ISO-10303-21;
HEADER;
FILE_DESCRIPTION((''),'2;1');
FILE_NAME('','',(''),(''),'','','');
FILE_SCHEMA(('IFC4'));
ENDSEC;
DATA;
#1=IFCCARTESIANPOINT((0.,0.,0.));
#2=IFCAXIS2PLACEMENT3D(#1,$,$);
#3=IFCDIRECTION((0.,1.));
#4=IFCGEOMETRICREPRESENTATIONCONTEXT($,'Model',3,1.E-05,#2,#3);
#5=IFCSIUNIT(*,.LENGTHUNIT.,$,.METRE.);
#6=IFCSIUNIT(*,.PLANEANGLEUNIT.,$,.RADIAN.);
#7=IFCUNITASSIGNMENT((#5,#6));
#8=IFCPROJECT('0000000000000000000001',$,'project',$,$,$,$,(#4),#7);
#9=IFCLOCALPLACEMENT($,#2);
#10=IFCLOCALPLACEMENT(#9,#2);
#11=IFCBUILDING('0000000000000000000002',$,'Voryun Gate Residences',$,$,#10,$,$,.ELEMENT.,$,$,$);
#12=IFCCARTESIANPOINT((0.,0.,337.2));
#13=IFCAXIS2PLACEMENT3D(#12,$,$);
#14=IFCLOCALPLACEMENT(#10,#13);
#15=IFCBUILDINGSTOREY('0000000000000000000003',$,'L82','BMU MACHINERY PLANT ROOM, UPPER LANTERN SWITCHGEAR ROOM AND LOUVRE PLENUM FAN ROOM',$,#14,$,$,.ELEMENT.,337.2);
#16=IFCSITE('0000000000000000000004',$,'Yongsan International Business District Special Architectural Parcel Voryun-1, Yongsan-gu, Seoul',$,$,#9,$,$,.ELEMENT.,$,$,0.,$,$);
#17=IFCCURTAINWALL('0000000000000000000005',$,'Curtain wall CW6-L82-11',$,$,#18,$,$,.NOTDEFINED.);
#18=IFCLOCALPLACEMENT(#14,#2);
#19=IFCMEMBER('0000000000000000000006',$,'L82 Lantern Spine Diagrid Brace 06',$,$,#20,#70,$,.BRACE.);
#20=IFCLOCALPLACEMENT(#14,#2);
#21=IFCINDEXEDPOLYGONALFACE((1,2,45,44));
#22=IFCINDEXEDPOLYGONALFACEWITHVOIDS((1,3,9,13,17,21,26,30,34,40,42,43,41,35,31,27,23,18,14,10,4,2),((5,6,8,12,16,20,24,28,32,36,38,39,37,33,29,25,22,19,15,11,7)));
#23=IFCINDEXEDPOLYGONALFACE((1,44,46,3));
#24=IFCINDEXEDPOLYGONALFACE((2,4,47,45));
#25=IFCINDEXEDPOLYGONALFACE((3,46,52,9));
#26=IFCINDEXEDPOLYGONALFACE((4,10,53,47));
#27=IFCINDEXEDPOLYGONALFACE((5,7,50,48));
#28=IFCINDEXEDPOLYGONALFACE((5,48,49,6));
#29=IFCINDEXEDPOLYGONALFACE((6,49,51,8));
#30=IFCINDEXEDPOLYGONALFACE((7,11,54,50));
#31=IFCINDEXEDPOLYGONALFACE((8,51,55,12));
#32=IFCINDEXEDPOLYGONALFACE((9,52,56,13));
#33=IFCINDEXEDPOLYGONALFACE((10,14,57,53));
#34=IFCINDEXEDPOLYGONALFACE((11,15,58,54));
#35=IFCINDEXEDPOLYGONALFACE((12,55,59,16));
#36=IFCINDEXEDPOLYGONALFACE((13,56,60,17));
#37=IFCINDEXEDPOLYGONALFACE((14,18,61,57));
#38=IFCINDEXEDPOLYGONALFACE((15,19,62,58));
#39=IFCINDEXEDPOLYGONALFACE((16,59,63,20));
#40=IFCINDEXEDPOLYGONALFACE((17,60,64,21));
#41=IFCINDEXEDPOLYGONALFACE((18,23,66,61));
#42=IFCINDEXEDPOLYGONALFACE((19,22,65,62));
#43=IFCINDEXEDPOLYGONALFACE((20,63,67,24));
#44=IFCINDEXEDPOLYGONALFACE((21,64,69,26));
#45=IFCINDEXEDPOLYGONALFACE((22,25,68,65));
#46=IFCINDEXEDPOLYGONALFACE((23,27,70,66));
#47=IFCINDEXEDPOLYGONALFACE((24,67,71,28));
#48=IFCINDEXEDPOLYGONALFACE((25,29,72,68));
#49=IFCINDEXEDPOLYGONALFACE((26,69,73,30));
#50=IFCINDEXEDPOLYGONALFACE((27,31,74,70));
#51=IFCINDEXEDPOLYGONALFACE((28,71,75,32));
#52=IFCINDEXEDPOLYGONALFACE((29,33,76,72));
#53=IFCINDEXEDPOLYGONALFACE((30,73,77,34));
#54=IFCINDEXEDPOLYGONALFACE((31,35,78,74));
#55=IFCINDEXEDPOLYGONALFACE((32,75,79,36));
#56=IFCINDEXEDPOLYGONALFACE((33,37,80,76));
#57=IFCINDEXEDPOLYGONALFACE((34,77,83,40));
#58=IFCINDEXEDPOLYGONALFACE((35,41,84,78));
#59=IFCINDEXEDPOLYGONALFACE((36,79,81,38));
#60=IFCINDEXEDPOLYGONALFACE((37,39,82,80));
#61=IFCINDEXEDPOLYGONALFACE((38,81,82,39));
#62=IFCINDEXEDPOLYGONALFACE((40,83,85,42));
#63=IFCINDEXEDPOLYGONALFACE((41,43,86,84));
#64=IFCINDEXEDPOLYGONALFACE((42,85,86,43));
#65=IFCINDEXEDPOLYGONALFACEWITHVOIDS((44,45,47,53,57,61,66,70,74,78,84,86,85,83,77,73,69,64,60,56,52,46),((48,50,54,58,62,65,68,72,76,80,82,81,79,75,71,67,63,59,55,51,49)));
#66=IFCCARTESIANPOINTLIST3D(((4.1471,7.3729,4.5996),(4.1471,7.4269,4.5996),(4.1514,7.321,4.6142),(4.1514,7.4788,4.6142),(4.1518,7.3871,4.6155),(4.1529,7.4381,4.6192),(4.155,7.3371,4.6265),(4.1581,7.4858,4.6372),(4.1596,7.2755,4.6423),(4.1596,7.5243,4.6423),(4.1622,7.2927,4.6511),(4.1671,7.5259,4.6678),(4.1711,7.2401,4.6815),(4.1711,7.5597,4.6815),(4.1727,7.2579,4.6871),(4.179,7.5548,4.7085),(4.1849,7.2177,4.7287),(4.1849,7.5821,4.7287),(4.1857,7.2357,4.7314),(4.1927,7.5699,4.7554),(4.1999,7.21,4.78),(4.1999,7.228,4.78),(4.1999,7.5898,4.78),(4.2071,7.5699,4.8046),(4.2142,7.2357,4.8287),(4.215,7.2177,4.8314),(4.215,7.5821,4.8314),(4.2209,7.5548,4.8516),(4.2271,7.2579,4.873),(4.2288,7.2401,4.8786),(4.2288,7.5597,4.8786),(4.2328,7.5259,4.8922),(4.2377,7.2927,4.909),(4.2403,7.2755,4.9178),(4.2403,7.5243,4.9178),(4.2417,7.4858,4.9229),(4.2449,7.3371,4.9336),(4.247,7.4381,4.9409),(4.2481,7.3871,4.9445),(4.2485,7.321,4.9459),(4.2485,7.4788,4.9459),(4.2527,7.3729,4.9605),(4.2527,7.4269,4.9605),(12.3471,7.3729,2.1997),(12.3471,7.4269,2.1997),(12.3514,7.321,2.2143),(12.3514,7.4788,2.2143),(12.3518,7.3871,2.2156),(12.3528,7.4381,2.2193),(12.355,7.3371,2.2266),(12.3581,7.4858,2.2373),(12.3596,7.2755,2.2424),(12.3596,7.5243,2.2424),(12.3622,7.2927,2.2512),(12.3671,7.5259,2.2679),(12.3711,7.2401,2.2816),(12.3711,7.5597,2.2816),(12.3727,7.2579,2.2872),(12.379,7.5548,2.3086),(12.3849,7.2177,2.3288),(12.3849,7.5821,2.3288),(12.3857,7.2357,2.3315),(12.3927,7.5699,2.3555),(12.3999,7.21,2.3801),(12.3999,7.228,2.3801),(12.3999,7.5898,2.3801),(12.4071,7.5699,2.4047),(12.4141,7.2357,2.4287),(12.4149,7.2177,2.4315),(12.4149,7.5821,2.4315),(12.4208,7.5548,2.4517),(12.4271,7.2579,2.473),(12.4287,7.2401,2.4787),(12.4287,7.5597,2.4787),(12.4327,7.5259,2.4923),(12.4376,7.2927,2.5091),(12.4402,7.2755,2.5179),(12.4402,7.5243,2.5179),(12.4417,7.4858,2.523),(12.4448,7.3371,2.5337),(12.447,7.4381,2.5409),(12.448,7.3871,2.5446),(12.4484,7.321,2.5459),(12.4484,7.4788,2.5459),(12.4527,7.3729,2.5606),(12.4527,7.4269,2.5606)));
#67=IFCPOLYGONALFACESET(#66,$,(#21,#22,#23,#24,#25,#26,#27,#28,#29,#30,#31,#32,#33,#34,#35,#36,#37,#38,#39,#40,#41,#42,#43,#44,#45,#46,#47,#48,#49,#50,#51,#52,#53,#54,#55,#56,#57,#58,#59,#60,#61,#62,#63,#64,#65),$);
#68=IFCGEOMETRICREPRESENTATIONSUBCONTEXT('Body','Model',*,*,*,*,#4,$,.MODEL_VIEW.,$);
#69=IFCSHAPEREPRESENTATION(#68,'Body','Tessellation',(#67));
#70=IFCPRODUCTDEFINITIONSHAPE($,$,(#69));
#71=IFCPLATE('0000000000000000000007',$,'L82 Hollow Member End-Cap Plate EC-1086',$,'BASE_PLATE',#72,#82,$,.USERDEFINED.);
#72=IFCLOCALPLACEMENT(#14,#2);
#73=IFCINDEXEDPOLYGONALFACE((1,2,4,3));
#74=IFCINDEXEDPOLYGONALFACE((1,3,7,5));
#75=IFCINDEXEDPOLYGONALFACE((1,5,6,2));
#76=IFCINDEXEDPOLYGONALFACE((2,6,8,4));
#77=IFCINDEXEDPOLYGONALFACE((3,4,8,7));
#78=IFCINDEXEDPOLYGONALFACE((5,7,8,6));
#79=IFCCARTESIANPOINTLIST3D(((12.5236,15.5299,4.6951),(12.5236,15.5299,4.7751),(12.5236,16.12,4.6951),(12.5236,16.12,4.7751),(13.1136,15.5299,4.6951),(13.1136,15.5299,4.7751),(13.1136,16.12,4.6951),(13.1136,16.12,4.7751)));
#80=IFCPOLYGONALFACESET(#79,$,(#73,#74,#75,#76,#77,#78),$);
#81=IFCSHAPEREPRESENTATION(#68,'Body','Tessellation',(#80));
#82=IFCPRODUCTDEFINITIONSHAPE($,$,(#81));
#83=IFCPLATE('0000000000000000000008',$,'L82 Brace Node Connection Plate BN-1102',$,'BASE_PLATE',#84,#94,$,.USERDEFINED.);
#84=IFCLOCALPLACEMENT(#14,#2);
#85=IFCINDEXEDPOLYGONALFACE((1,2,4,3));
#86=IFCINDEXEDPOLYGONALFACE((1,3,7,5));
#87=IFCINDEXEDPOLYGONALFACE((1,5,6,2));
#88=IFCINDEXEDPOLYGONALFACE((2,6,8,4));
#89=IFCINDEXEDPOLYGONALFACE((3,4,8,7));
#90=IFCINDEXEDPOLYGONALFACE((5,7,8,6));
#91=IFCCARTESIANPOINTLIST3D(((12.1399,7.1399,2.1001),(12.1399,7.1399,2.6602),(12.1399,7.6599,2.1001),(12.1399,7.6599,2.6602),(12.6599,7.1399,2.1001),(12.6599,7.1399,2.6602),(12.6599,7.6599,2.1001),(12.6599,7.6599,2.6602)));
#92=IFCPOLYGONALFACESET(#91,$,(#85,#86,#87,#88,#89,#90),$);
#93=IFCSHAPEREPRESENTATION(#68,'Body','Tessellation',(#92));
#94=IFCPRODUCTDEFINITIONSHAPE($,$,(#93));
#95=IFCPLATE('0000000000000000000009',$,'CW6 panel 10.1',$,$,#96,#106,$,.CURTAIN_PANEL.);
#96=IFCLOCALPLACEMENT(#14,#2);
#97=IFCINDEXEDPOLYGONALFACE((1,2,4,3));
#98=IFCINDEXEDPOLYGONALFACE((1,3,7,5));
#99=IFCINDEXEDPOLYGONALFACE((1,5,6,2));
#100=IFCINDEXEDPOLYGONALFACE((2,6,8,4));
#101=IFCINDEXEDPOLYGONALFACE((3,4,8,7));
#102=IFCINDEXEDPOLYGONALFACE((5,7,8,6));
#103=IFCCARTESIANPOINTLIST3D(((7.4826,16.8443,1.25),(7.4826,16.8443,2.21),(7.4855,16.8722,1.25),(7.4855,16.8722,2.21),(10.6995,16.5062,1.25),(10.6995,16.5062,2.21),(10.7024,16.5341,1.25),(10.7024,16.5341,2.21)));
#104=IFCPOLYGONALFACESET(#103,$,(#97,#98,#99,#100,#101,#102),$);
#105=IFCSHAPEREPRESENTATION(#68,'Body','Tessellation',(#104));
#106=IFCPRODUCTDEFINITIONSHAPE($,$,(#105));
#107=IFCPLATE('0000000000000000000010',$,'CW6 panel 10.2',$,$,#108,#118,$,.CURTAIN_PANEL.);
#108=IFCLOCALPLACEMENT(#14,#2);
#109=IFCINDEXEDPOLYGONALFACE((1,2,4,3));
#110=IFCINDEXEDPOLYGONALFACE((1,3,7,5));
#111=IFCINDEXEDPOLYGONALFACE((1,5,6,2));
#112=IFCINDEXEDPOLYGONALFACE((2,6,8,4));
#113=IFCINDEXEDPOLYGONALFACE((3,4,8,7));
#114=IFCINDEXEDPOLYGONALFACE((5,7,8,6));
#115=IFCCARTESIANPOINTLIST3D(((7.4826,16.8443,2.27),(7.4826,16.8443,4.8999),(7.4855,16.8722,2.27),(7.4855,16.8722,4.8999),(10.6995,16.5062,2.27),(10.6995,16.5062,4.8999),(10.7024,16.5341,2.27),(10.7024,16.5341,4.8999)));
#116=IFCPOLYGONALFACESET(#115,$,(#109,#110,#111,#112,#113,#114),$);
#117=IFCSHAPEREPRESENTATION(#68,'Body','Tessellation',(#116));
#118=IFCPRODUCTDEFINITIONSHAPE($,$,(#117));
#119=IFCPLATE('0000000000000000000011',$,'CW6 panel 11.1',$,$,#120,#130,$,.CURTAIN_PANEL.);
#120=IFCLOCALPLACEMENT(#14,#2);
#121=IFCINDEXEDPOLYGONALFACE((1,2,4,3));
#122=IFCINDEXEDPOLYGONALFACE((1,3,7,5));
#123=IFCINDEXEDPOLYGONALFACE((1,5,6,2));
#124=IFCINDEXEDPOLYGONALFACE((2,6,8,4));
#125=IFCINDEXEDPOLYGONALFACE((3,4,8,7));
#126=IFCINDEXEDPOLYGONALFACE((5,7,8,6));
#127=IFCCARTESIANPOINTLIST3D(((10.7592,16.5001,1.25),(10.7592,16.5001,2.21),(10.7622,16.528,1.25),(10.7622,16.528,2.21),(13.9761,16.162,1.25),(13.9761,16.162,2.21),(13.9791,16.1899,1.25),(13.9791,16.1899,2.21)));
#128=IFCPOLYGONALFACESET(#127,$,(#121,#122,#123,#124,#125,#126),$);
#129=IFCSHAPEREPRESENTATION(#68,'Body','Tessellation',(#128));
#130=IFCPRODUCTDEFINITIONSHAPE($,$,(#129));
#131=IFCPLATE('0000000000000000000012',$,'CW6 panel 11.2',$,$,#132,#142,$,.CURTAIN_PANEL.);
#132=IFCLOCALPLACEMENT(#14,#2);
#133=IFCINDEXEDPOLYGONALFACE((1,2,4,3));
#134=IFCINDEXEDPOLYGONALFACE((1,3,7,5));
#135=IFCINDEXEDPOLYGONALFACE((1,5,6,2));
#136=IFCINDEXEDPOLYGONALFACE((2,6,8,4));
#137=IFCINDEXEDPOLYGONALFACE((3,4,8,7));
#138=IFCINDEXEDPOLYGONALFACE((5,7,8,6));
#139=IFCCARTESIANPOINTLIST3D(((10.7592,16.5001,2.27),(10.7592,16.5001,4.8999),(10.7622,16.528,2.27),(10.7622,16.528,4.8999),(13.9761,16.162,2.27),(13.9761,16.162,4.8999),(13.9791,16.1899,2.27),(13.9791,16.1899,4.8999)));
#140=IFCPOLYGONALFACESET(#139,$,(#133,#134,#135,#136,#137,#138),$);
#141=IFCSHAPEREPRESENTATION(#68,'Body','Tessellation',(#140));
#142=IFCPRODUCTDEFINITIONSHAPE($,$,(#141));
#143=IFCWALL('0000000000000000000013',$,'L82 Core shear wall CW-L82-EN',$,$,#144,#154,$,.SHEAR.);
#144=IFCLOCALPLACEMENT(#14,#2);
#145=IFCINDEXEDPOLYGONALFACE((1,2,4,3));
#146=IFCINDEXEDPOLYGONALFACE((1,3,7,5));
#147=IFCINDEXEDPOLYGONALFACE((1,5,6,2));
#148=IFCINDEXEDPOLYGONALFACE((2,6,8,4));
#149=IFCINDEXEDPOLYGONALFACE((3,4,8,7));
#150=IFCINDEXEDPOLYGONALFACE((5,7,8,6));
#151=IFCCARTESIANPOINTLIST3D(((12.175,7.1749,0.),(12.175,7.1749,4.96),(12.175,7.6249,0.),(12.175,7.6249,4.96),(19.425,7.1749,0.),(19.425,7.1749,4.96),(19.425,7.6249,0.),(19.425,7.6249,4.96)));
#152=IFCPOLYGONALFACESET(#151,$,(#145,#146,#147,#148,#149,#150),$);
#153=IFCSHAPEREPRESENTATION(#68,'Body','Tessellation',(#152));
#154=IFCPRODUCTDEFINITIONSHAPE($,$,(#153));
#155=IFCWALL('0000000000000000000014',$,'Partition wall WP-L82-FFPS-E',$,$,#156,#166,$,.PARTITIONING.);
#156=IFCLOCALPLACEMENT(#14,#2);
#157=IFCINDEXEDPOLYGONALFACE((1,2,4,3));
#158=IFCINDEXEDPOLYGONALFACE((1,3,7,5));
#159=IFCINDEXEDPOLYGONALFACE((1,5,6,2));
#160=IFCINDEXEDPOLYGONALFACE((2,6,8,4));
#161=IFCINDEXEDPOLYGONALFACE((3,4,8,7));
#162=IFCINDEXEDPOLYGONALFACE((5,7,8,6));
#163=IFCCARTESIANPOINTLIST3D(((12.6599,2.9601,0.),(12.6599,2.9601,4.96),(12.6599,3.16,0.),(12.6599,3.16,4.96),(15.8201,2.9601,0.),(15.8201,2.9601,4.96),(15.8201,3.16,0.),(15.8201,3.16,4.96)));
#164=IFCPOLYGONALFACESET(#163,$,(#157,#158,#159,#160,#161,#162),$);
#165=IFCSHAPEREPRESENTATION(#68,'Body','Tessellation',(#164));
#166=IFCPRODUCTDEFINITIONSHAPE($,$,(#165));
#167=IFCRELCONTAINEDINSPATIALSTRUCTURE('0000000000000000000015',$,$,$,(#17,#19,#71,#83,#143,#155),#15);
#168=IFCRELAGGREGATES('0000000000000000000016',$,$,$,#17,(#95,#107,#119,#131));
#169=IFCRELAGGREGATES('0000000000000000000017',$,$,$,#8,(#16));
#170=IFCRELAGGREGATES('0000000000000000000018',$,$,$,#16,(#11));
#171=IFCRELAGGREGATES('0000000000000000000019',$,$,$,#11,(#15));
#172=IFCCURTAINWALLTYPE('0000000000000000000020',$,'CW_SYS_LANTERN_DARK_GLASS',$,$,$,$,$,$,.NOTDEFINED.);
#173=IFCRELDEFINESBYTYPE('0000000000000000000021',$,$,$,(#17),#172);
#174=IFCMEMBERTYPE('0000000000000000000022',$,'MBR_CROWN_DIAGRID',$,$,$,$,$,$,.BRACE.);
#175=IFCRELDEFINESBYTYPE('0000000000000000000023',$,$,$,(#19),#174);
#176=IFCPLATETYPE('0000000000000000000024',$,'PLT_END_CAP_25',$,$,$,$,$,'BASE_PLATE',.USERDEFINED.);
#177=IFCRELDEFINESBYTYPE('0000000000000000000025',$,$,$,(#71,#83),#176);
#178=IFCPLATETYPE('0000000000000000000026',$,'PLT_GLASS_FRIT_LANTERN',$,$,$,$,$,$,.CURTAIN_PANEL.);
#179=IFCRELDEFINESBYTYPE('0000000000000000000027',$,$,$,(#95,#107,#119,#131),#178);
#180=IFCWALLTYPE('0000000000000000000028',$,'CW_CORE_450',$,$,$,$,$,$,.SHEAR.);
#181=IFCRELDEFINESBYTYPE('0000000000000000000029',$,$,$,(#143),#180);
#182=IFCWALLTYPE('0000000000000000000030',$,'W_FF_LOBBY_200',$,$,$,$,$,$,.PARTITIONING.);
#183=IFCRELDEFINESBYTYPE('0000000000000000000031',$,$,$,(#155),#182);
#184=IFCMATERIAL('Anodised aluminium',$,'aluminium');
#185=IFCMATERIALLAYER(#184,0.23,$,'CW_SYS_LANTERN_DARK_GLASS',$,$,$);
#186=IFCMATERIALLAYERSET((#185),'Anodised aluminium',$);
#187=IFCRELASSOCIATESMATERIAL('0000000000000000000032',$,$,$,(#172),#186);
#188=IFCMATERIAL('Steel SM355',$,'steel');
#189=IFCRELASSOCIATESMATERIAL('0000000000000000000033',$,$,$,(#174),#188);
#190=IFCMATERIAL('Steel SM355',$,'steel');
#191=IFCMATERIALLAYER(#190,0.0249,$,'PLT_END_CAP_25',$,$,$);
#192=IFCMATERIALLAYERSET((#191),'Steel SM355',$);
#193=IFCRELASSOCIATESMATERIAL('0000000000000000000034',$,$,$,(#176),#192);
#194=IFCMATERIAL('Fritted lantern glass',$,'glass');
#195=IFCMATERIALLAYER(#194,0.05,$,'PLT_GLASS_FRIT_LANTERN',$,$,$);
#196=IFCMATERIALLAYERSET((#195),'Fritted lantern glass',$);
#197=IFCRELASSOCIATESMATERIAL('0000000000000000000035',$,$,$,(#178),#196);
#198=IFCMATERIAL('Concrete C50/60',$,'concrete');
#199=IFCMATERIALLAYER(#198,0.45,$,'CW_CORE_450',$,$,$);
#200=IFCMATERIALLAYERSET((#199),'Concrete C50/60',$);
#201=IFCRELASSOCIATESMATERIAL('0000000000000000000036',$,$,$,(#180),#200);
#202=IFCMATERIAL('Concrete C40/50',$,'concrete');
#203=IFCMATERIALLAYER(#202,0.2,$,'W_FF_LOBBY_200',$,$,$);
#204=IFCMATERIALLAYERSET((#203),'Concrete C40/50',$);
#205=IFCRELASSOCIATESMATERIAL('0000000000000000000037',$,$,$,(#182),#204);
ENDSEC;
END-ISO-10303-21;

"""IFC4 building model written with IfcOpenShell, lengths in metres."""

from ifc_helpers import new_model, si_unit, direction, frame, frame_2d, origin, origin_2d, place, context, subcontext, project, spatial, rectangle, hollow_circle, extrude, material, layer, layer_set, material_profile, profile_set, type_object, element, aggregate, save


model = new_model("IFC4")

# Units and contexts
model_context = context("Model", 3, precision=1e-05, world=origin(), true_north=direction((0.0, 1.0)))
body_context = subcontext(model_context, "Body", "Model", "MODEL_VIEW")
ifc_project = project(units=[si_unit("LENGTHUNIT", "METRE"), si_unit("PLANEANGLEUNIT", "RADIAN")], contexts=[model_context])

# Site, building, storey
site_placement = place(None, origin())
site = spatial("IfcSite", under=ifc_project, at=site_placement, Name="Yongsan International Business District Special Architectural Parcel Voryun-1, Yongsan-gu, Seoul", CompositionType="ELEMENT", RefElevation=0.0)
building_placement = place(site_placement, origin())
building = spatial("IfcBuilding", under=site, at=building_placement, Name="Voryun Gate Residences", CompositionType="ELEMENT")
storey_placement = place(building_placement, frame((0.0, 0.0, 337.2)))
storey = spatial("IfcBuildingStorey", under=building, at=storey_placement, Name="L82", Description="BMU MACHINERY PLANT ROOM, UPPER LANTERN SWITCHGEAR ROOM AND LOUVRE PLENUM FAN ROOM", CompositionType="ELEMENT", Elevation=337.2)

# Curtain wall
ifc_material_1 = material(Name="Anodised aluminium", Category="aluminium")
ifc_layer_1 = layer(ifc_material_1, 0.23, Name="CW_SYS_LANTERN_DARK_GLASS")
ifc_layer_set_1 = layer_set([ifc_layer_1], Name="Anodised aluminium")
curtain_wall_type = type_object("IfcCurtainWallType", Name="CW_SYS_LANTERN_DARK_GLASS", PredefinedType="NOTDEFINED", material=ifc_layer_set_1)
curtain_wall_placement = place(storey_placement, origin())
curtain_wall = element("IfcCurtainWall", 1, at=curtain_wall_placement, inside=storey, type_object=curtain_wall_type, Name="Curtain wall CW6-L82-11", PredefinedType="NOTDEFINED")

# Member
ifc_material_2 = material(Name="Steel SM355", Category="steel")
ifc_material_profile_1 = material_profile(ifc_material_2, hollow_circle(Radius=0.1899, WallThickness=0.0181, at=origin_2d()), Name="CHS-380x18")
ifc_profile_set_1 = profile_set([ifc_material_profile_1], Name="Steel SM355")
member_type_1 = type_object("IfcMemberType", Name="MBR_CROWN_DIAGRID", PredefinedType="BRACE", material=ifc_profile_set_1)
member_1_placement = place(storey_placement, frame((12.3999, 7.3999, 2.3801), z_axis=(-0.95974, 0.0, 0.28089), x_axis=(0.0, -1.0, 0.0)))
element("IfcMember", 2, at=member_1_placement, inside=storey, type_object=member_type_1, Name="L82 Lantern Spine Diagrid Brace 06", PredefinedType="BRACE", context=body_context, shape_type="SweptSolid", body=[
    extrude(hollow_circle(Radius=0.1899, WallThickness=0.0181, at=origin_2d()), origin(), (0.0, 0.0, 1.0), 8.5439),
])

# Plates
ifc_material_3 = material(Name="Steel SM355", Category="steel")
ifc_layer_2 = layer(ifc_material_3, 0.0249, Name="PLT_END_CAP_25")
ifc_layer_set_2 = layer_set([ifc_layer_2], Name="Steel SM355")
plate_type_1 = type_object("IfcPlateType", Name="PLT_END_CAP_25", ElementType="BASE_PLATE", PredefinedType="USERDEFINED", material=ifc_layer_set_2)
plate_1_placement = place(storey_placement, frame((12.8186, 15.825, 4.6951), z_axis=(0.0, 0.0, 1.0), x_axis=(1.0, 0.0, 0.0)))
element("IfcPlate", 3, at=plate_1_placement, inside=storey, type_object=plate_type_1, Name="L82 Hollow Member End-Cap Plate EC-1086", ObjectType="BASE_PLATE", PredefinedType="USERDEFINED", context=body_context, shape_type="SweptSolid", body=[
    extrude(rectangle(XDim=0.5901, YDim=0.5901, at=origin_2d()), origin(), (0.0, 0.0, 1.0), 0.0801),
])
plate_2_placement = place(storey_placement, frame((12.3999, 7.3999, 2.1001), z_axis=(0.0, 0.0, 1.0), x_axis=(1.0, 0.0, 0.0)))
element("IfcPlate", 4, at=plate_2_placement, inside=storey, type_object=plate_type_1, Name="L82 Brace Node Connection Plate BN-1102", ObjectType="BASE_PLATE", PredefinedType="USERDEFINED", context=body_context, shape_type="SweptSolid", body=[
    extrude(rectangle(XDim=0.52, YDim=0.52, at=origin_2d()), origin(), (0.0, 0.0, 1.0), 0.5601),
])

# Plates
ifc_material_4 = material(Name="Fritted lantern glass", Category="glass")
ifc_layer_3 = layer(ifc_material_4, 0.05, Name="PLT_GLASS_FRIT_LANTERN")
ifc_layer_set_3 = layer_set([ifc_layer_3], Name="Fritted lantern glass")
plate_type_2 = type_object("IfcPlateType", Name="PLT_GLASS_FRIT_LANTERN", PredefinedType="CURTAIN_PANEL", material=ifc_layer_set_3)
plate_3_placement = place(storey_placement, frame((9.0925, 16.6892, 1.25), z_axis=(0.0, 0.0, 1.0), x_axis=(0.994522, -0.104528, 0.0)))
plate_3 = element("IfcPlate", 5, at=plate_3_placement, type_object=plate_type_2, Name="CW6 panel 10.1", PredefinedType="CURTAIN_PANEL", context=body_context, shape_type="SweptSolid", body=[
    extrude(rectangle(XDim=3.2346, YDim=0.0281, at=origin_2d()), origin(), (0.0, 0.0, 1.0), 0.96),
])
plate_4_placement = place(storey_placement, frame((9.0925, 16.6892, 2.27), z_axis=(0.0, 0.0, 1.0), x_axis=(0.994522, -0.104528, 0.0)))
plate_4 = element("IfcPlate", 6, at=plate_4_placement, type_object=plate_type_2, Name="CW6 panel 10.2", PredefinedType="CURTAIN_PANEL", context=body_context, shape_type="SweptSolid", body=[
    extrude(rectangle(XDim=3.2346, YDim=0.0281, at=origin_2d()), origin(), (0.0, 0.0, 1.0), 2.6299),
])
plate_5_placement = place(storey_placement, frame((12.3691, 16.345, 1.25), z_axis=(0.0, 0.0, 1.0), x_axis=(0.994522, -0.104528, 0.0)))
plate_5 = element("IfcPlate", 7, at=plate_5_placement, type_object=plate_type_2, Name="CW6 panel 11.1", PredefinedType="CURTAIN_PANEL", context=body_context, shape_type="SweptSolid", body=[
    extrude(rectangle(XDim=3.2346, YDim=0.0281, at=origin_2d()), origin(), (0.0, 0.0, 1.0), 0.96),
])
plate_6_placement = place(storey_placement, frame((12.3691, 16.345, 2.27), z_axis=(0.0, 0.0, 1.0), x_axis=(0.994522, -0.104528, 0.0)))
plate_6 = element("IfcPlate", 8, at=plate_6_placement, type_object=plate_type_2, Name="CW6 panel 11.2", PredefinedType="CURTAIN_PANEL", context=body_context, shape_type="SweptSolid", body=[
    extrude(rectangle(XDim=3.2346, YDim=0.0281, at=origin_2d()), origin(), (0.0, 0.0, 1.0), 2.6299),
])
aggregate(curtain_wall, [plate_3, plate_4, plate_5, plate_6])

# Walls
ifc_material_5 = material(Name="Concrete C50/60", Category="concrete")
ifc_layer_4 = layer(ifc_material_5, 0.45, Name="CW_CORE_450")
ifc_layer_set_4 = layer_set([ifc_layer_4], Name="Concrete C50/60")
wall_type_1 = type_object("IfcWallType", Name="CW_CORE_450", PredefinedType="SHEAR", material=ifc_layer_set_4)
wall_1_placement = place(storey_placement, frame((12.175, 7.3999, 0.0), z_axis=(0.0, 0.0, 1.0), x_axis=(1.0, 0.0, 0.0)))
element("IfcWall", 9, at=wall_1_placement, inside=storey, type_object=wall_type_1, Name="L82 Core shear wall CW-L82-EN", PredefinedType="SHEAR", context=body_context, shape_type="SweptSolid", body=[
    extrude(rectangle(XDim=7.25, YDim=0.45, at=frame_2d((3.625, 0.0))), origin(), (0.0, 0.0, 1.0), 4.96),
])
ifc_material_6 = material(Name="Concrete C40/50", Category="concrete")
ifc_layer_5 = layer(ifc_material_6, 0.2, Name="W_FF_LOBBY_200")
ifc_layer_set_5 = layer_set([ifc_layer_5], Name="Concrete C40/50")
wall_type_2 = type_object("IfcWallType", Name="W_FF_LOBBY_200", PredefinedType="PARTITIONING", material=ifc_layer_set_5)
wall_2_placement = place(storey_placement, frame((12.6599, 3.0601, 0.0), z_axis=(0.0, 0.0, 1.0), x_axis=(1.0, 0.0, 0.0)))
element("IfcWall", 10, at=wall_2_placement, inside=storey, type_object=wall_type_2, Name="Partition wall WP-L82-FFPS-E", PredefinedType="PARTITIONING", context=body_context, shape_type="SweptSolid", body=[
    extrude(rectangle(XDim=3.1602, YDim=0.2, at=frame_2d((1.5801, 0.0))), origin(), (0.0, 0.0, 1.0), 4.96),
])

save(model, "model.ifc")
